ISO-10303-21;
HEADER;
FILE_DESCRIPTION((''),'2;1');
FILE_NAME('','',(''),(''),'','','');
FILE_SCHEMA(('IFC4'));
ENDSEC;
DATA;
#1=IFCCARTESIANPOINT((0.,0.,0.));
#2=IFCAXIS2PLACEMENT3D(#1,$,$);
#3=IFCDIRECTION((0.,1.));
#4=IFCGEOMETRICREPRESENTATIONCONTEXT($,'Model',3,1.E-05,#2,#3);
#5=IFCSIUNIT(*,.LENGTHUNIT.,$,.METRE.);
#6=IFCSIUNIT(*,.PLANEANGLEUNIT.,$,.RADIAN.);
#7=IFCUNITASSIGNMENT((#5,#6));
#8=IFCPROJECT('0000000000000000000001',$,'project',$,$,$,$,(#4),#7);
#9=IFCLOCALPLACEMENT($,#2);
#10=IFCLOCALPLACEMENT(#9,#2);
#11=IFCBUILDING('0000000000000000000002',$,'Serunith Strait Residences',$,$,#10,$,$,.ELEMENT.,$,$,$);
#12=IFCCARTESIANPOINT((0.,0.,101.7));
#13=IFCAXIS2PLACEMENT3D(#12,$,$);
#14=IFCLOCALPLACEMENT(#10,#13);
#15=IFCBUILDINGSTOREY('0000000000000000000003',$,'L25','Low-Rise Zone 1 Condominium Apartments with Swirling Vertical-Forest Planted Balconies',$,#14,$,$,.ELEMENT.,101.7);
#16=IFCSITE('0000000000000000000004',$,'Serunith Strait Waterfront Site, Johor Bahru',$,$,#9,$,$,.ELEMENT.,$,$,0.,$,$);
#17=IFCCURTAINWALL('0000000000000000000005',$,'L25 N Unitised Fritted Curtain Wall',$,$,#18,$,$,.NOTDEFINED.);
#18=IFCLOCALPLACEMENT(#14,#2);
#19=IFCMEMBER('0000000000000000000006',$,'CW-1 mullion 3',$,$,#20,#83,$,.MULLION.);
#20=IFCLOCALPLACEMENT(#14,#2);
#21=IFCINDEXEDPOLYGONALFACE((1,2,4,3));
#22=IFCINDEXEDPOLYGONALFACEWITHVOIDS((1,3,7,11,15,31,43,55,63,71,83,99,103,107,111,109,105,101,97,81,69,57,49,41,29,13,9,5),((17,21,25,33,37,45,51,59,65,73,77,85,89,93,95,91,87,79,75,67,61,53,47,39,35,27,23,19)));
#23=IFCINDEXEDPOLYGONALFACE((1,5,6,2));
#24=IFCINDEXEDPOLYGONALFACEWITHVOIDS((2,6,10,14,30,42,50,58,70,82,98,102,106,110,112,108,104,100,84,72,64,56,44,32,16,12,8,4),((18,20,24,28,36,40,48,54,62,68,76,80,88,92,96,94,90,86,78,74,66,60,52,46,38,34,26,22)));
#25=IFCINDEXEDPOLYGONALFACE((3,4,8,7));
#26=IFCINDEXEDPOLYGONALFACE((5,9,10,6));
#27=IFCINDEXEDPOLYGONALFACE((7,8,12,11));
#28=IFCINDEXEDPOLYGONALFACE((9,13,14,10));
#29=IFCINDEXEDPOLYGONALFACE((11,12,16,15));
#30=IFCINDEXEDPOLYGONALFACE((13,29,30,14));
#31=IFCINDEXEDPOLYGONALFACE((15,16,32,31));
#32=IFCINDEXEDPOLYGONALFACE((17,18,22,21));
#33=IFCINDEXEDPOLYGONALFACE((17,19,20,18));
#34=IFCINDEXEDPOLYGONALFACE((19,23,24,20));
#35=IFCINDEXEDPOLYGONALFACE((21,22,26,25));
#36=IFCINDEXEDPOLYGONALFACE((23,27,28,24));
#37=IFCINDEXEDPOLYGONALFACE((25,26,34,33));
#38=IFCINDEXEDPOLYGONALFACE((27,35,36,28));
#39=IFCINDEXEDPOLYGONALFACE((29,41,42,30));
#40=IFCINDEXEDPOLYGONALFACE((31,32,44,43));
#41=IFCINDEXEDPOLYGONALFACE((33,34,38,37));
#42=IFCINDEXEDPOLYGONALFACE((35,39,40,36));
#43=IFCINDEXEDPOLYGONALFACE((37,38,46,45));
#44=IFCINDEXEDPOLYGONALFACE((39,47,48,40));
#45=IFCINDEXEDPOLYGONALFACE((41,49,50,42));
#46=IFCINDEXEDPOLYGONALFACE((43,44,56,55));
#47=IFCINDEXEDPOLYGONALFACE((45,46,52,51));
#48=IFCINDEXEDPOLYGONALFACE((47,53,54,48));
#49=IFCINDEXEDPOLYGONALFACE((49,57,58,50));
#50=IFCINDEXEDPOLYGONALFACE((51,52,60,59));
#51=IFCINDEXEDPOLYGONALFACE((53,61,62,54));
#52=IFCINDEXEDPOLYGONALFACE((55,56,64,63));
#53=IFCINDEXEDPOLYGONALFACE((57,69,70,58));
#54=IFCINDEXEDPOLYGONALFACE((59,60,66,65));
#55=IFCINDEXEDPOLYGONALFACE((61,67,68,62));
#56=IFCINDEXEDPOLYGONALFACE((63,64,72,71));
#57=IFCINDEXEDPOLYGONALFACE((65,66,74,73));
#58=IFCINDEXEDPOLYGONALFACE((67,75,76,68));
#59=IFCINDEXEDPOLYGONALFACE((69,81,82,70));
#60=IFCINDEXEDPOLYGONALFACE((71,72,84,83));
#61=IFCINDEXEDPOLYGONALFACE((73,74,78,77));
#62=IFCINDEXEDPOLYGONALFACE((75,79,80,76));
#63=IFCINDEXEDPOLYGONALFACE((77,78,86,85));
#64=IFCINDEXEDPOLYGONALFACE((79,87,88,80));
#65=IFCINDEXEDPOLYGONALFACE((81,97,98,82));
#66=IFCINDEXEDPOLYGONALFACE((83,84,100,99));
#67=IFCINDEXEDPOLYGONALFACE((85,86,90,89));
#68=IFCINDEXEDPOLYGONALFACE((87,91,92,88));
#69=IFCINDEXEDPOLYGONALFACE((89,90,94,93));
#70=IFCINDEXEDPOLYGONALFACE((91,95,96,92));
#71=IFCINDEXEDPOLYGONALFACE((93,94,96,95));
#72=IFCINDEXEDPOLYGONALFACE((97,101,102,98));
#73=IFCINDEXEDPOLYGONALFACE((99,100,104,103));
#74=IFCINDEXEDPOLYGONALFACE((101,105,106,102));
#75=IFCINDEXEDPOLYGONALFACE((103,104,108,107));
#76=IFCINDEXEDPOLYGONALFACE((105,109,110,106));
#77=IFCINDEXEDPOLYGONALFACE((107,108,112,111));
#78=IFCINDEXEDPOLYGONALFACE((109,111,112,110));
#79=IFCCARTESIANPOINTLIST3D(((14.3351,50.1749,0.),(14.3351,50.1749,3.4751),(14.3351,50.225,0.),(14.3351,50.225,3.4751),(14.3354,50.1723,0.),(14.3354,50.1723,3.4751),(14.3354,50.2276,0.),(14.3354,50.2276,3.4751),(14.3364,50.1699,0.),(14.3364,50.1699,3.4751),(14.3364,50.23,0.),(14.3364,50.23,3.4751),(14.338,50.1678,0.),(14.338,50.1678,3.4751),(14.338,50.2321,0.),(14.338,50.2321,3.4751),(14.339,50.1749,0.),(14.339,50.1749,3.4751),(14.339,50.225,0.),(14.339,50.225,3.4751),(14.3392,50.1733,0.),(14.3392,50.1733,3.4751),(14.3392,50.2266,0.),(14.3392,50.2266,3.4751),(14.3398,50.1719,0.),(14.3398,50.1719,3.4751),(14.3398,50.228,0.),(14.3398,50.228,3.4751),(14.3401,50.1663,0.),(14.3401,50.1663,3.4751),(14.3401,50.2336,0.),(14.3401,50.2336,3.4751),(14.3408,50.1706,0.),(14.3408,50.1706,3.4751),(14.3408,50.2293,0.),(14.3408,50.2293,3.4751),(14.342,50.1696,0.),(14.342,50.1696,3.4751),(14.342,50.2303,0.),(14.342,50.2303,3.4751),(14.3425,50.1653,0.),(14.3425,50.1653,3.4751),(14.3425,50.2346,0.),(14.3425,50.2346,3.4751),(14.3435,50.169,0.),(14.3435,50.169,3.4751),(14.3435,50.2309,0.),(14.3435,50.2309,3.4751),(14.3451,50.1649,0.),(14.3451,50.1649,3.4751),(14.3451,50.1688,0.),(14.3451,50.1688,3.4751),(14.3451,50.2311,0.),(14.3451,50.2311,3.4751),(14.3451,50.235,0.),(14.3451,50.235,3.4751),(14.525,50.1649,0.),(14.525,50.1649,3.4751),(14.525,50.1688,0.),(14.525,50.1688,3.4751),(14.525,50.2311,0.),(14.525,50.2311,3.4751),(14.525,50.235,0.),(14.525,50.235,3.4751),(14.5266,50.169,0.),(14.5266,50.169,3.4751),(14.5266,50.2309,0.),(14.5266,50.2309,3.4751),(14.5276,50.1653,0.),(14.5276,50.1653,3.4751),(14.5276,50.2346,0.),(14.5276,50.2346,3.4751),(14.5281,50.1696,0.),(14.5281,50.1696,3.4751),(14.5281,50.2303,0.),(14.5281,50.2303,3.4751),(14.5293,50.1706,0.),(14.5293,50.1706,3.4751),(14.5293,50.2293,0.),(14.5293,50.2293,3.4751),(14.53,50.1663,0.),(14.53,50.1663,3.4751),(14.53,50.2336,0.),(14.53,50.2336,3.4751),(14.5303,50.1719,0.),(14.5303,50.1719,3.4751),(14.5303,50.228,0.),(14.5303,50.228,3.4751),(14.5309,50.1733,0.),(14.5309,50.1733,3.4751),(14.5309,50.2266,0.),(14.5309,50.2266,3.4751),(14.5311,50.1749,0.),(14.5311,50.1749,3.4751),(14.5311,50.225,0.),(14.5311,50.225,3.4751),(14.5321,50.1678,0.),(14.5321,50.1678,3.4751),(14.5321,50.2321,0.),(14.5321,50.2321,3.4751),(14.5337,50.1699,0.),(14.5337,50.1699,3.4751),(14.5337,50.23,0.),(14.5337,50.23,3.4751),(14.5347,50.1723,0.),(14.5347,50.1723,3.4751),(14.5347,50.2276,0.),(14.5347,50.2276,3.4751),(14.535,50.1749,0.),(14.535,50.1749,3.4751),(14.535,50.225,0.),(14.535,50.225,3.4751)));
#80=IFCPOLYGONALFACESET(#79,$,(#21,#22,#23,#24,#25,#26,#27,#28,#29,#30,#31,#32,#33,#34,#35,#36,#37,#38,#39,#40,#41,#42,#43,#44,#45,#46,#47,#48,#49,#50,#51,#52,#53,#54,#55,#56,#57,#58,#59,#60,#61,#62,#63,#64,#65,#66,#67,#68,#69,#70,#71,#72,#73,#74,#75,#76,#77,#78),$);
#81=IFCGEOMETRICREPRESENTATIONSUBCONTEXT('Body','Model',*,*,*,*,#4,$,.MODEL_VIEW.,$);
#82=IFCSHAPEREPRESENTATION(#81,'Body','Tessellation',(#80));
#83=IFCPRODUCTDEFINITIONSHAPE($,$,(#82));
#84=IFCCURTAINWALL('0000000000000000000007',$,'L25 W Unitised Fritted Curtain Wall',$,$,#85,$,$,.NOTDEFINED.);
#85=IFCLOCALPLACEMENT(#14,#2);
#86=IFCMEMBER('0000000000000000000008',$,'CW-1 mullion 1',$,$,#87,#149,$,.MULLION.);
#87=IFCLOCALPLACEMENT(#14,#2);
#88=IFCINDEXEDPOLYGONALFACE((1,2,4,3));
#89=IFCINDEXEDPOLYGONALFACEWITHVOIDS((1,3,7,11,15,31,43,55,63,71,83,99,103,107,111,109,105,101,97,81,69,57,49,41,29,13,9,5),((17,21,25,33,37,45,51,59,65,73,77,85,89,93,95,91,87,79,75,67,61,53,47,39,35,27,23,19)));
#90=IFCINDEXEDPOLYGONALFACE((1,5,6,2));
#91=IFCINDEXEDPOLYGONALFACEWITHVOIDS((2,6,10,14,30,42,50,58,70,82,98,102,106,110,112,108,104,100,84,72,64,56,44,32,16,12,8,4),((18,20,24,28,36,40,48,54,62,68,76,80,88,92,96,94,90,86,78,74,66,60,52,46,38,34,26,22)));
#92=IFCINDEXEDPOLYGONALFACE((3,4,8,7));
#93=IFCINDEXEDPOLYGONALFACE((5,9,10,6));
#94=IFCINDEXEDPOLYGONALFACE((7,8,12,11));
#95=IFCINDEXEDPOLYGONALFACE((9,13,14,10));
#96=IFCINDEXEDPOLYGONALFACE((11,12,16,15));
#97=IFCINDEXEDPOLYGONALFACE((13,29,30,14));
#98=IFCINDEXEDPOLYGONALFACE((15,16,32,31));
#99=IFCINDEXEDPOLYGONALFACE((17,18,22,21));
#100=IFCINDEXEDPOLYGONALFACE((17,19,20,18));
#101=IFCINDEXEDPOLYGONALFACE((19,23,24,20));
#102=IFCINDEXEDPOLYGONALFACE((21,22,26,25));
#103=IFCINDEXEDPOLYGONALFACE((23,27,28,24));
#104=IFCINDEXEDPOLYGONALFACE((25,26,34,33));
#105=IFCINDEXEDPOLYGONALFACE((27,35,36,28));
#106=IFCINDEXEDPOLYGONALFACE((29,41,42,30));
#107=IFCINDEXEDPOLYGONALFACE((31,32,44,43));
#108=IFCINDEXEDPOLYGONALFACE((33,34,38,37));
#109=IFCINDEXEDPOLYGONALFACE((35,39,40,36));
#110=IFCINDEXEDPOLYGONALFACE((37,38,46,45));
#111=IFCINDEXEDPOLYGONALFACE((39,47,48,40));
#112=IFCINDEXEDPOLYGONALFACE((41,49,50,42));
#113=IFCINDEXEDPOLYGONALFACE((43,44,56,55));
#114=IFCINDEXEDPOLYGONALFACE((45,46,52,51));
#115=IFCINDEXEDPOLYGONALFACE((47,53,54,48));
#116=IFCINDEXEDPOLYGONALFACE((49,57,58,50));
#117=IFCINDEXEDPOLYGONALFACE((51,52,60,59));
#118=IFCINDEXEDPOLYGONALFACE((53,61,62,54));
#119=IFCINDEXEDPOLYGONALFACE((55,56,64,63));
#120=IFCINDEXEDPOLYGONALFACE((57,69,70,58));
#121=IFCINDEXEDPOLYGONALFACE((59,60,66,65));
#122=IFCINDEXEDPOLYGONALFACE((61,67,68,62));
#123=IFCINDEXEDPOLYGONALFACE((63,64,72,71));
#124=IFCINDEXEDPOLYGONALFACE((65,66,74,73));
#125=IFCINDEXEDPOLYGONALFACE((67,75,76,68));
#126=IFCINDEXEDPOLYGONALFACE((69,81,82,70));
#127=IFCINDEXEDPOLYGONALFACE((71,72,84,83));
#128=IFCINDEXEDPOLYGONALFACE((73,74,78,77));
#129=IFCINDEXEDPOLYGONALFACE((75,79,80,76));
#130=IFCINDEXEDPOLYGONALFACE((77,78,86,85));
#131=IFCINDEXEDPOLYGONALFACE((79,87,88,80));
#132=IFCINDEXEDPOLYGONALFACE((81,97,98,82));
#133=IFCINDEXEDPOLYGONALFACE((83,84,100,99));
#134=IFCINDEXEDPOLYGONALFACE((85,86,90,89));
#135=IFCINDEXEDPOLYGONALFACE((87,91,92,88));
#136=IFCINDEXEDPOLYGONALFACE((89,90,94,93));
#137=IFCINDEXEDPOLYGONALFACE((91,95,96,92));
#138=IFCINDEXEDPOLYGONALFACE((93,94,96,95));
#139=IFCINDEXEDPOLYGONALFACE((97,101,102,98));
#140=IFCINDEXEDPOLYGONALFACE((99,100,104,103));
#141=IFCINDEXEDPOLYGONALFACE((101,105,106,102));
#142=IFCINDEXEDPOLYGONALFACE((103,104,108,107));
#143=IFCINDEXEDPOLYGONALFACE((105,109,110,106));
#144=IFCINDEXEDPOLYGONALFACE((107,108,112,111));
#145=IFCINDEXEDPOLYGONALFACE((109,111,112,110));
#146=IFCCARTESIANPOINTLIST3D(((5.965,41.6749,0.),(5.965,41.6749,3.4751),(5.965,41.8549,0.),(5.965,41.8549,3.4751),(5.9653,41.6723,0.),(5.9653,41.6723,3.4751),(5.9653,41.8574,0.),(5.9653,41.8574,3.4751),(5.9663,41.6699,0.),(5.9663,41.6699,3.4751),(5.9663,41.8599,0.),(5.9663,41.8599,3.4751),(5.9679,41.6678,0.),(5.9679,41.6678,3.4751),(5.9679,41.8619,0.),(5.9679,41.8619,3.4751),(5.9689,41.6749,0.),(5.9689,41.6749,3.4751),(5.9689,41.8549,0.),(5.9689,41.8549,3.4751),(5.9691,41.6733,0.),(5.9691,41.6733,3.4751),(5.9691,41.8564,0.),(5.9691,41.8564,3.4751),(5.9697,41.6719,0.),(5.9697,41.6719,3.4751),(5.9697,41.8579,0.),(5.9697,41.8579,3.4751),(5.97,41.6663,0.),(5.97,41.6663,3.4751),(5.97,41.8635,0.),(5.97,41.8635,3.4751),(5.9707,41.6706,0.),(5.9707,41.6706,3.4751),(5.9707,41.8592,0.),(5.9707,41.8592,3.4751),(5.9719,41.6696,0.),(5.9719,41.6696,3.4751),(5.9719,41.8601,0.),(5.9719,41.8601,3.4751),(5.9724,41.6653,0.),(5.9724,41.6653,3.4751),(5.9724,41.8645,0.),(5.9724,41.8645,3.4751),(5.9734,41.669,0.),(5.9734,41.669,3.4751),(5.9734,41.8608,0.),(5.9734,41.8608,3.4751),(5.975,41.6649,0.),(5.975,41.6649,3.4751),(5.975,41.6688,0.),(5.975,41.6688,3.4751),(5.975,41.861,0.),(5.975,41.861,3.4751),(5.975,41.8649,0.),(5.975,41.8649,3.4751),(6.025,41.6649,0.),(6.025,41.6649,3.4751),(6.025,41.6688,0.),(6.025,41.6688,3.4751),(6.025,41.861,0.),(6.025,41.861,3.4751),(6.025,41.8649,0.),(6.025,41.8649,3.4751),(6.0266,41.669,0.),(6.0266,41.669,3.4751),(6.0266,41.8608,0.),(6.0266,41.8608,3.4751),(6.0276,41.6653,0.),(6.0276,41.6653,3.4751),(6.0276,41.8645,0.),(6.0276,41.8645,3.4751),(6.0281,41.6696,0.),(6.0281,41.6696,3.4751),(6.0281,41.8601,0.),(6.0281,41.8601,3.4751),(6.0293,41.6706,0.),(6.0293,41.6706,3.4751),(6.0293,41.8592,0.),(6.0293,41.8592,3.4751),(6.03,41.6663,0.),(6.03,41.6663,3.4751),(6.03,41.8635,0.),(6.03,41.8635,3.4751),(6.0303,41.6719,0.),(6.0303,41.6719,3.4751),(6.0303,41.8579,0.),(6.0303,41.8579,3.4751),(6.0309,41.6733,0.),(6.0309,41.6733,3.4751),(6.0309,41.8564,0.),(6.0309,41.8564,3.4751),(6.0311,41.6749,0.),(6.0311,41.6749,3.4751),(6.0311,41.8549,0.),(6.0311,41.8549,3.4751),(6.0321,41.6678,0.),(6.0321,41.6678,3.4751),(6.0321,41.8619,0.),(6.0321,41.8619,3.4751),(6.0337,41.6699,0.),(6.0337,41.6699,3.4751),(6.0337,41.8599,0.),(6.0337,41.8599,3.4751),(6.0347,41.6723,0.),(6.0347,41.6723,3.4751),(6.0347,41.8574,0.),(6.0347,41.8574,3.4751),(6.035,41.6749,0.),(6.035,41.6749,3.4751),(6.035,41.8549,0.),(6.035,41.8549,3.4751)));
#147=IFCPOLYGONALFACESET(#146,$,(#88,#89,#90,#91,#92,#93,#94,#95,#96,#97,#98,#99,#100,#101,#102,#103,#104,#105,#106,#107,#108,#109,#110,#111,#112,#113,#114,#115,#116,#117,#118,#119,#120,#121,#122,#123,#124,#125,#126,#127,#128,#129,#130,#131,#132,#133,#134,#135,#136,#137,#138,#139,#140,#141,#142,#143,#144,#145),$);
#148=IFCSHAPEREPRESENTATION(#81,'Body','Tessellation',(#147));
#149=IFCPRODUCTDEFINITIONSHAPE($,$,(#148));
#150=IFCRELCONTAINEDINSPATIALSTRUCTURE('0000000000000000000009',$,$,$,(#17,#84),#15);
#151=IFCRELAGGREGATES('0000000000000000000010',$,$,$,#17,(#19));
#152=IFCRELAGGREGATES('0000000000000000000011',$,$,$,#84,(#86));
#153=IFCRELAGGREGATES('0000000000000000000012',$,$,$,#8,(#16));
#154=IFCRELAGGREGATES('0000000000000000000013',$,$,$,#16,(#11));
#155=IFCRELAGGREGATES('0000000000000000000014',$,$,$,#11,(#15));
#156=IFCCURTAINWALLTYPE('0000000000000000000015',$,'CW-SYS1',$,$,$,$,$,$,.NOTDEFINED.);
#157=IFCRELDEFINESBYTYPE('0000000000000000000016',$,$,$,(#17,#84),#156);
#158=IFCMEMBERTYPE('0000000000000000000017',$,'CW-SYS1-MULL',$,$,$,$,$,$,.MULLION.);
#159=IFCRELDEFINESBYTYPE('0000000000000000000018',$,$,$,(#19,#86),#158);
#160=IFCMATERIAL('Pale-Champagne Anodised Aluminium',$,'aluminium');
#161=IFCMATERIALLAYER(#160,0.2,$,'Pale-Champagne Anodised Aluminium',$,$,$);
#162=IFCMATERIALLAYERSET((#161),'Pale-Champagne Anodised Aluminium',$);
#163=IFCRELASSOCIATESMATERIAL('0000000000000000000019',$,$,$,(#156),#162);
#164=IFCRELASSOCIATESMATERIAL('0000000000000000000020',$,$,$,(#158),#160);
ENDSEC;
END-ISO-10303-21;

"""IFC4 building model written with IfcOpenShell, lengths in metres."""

from ifc_helpers import new_model, si_unit, direction, frame, origin, origin_2d, place, context, subcontext, project, spatial, hollow_rectangle, extrude, source, transform, mapped, material, layer, layer_set, material_profile, profile_set, type_object, element, aggregate, save


model = new_model("IFC4")

# Units and contexts
model_context = context("Model", 3, precision=1e-05, world=origin(), true_north=direction((0.0, 1.0)))
body_context = subcontext(model_context, "Body", "Model", "MODEL_VIEW")
ifc_project = project(units=[si_unit("LENGTHUNIT", "METRE"), si_unit("PLANEANGLEUNIT", "RADIAN")], contexts=[model_context])

# Site, building, storey
site_placement = place(None, origin())
site = spatial("IfcSite", under=ifc_project, at=site_placement, Name="Serunith Strait Waterfront Site, Johor Bahru", CompositionType="ELEMENT", RefElevation=0.0)
building_placement = place(site_placement, origin())
building = spatial("IfcBuilding", under=site, at=building_placement, Name="Serunith Strait Residences", CompositionType="ELEMENT")
storey_placement = place(building_placement, frame((0.0, 0.0, 101.7)))
storey = spatial("IfcBuildingStorey", under=building, at=storey_placement, Name="L25", Description="Low-Rise Zone 1 Condominium Apartments with Swirling Vertical-Forest Planted Balconies", CompositionType="ELEMENT", Elevation=101.7)

# Curtain wall, member
ifc_material_1 = material(Name="Pale-Champagne Anodised Aluminium", Category="aluminium")
ifc_layer_1 = layer(ifc_material_1, 0.2, Name="Pale-Champagne Anodised Aluminium")
ifc_layer_set_1 = layer_set([ifc_layer_1], Name="Pale-Champagne Anodised Aluminium")
curtain_wall_type = type_object("IfcCurtainWallType", Name="CW-SYS1", PredefinedType="NOTDEFINED", material=ifc_layer_set_1)
curtain_wall_1_placement = place(storey_placement, origin())
curtain_wall_1 = element("IfcCurtainWall", 1, at=curtain_wall_1_placement, inside=storey, type_object=curtain_wall_type, Name="L25 N Unitised Fritted Curtain Wall", PredefinedType="NOTDEFINED")
ifc_material_profile_1 = material_profile(ifc_material_1, hollow_rectangle(XDim=0.0701, YDim=0.2, WallThickness=0.0039, InnerFilletRadius=0.0061, OuterFilletRadius=0.01, at=origin_2d()), Name="ALU 200x70x4")
ifc_profile_set_1 = profile_set([ifc_material_profile_1], Name="Pale-Champagne Anodised Aluminium")
member_type_1 = type_object("IfcMemberType", Name="CW-SYS1-MULL", PredefinedType="MULLION", material=ifc_profile_set_1)
shared_shape_1 = source(origin(), body_context, "Body", "SweptSolid", [
    extrude(hollow_rectangle(XDim=0.0701, YDim=0.2, WallThickness=0.0039, InnerFilletRadius=0.0061, OuterFilletRadius=0.01, at=origin_2d()), origin(), (0.0, 0.0, 1.0), 3.4751),
])
member_1_placement = place(storey_placement, frame((14.4351, 50.2, 0.0), z_axis=(0.0, 0.0, 1.0), x_axis=(0.0, -1.0, 0.0)))
member_1 = element("IfcMember", 2, at=member_1_placement, type_object=member_type_1, Name="CW-1 mullion 3", PredefinedType="MULLION", context=body_context, shape_type="MappedRepresentation", body=[
    mapped(shared_shape_1, transform((0.0, 0.0, 0.0), scale=1.0)),
])
aggregate(curtain_wall_1, [member_1])

# Curtain wall, member
curtain_wall_2_placement = place(storey_placement, origin())
curtain_wall_2 = element("IfcCurtainWall", 3, at=curtain_wall_2_placement, inside=storey, type_object=curtain_wall_type, Name="L25 W Unitised Fritted Curtain Wall", PredefinedType="NOTDEFINED")
member_2_placement = place(storey_placement, frame((6.0, 41.7649, 0.0), z_axis=(0.0, 0.0, 1.0), x_axis=(1.0, 0.0, 0.0)))
member_2 = element("IfcMember", 4, at=member_2_placement, type_object=member_type_1, Name="CW-1 mullion 1", PredefinedType="MULLION", context=body_context, shape_type="MappedRepresentation", body=[
    mapped(shared_shape_1, transform((0.0, 0.0, 0.0), scale=1.0)),
])
aggregate(curtain_wall_2, [member_2])

save(model, "model.ifc")
